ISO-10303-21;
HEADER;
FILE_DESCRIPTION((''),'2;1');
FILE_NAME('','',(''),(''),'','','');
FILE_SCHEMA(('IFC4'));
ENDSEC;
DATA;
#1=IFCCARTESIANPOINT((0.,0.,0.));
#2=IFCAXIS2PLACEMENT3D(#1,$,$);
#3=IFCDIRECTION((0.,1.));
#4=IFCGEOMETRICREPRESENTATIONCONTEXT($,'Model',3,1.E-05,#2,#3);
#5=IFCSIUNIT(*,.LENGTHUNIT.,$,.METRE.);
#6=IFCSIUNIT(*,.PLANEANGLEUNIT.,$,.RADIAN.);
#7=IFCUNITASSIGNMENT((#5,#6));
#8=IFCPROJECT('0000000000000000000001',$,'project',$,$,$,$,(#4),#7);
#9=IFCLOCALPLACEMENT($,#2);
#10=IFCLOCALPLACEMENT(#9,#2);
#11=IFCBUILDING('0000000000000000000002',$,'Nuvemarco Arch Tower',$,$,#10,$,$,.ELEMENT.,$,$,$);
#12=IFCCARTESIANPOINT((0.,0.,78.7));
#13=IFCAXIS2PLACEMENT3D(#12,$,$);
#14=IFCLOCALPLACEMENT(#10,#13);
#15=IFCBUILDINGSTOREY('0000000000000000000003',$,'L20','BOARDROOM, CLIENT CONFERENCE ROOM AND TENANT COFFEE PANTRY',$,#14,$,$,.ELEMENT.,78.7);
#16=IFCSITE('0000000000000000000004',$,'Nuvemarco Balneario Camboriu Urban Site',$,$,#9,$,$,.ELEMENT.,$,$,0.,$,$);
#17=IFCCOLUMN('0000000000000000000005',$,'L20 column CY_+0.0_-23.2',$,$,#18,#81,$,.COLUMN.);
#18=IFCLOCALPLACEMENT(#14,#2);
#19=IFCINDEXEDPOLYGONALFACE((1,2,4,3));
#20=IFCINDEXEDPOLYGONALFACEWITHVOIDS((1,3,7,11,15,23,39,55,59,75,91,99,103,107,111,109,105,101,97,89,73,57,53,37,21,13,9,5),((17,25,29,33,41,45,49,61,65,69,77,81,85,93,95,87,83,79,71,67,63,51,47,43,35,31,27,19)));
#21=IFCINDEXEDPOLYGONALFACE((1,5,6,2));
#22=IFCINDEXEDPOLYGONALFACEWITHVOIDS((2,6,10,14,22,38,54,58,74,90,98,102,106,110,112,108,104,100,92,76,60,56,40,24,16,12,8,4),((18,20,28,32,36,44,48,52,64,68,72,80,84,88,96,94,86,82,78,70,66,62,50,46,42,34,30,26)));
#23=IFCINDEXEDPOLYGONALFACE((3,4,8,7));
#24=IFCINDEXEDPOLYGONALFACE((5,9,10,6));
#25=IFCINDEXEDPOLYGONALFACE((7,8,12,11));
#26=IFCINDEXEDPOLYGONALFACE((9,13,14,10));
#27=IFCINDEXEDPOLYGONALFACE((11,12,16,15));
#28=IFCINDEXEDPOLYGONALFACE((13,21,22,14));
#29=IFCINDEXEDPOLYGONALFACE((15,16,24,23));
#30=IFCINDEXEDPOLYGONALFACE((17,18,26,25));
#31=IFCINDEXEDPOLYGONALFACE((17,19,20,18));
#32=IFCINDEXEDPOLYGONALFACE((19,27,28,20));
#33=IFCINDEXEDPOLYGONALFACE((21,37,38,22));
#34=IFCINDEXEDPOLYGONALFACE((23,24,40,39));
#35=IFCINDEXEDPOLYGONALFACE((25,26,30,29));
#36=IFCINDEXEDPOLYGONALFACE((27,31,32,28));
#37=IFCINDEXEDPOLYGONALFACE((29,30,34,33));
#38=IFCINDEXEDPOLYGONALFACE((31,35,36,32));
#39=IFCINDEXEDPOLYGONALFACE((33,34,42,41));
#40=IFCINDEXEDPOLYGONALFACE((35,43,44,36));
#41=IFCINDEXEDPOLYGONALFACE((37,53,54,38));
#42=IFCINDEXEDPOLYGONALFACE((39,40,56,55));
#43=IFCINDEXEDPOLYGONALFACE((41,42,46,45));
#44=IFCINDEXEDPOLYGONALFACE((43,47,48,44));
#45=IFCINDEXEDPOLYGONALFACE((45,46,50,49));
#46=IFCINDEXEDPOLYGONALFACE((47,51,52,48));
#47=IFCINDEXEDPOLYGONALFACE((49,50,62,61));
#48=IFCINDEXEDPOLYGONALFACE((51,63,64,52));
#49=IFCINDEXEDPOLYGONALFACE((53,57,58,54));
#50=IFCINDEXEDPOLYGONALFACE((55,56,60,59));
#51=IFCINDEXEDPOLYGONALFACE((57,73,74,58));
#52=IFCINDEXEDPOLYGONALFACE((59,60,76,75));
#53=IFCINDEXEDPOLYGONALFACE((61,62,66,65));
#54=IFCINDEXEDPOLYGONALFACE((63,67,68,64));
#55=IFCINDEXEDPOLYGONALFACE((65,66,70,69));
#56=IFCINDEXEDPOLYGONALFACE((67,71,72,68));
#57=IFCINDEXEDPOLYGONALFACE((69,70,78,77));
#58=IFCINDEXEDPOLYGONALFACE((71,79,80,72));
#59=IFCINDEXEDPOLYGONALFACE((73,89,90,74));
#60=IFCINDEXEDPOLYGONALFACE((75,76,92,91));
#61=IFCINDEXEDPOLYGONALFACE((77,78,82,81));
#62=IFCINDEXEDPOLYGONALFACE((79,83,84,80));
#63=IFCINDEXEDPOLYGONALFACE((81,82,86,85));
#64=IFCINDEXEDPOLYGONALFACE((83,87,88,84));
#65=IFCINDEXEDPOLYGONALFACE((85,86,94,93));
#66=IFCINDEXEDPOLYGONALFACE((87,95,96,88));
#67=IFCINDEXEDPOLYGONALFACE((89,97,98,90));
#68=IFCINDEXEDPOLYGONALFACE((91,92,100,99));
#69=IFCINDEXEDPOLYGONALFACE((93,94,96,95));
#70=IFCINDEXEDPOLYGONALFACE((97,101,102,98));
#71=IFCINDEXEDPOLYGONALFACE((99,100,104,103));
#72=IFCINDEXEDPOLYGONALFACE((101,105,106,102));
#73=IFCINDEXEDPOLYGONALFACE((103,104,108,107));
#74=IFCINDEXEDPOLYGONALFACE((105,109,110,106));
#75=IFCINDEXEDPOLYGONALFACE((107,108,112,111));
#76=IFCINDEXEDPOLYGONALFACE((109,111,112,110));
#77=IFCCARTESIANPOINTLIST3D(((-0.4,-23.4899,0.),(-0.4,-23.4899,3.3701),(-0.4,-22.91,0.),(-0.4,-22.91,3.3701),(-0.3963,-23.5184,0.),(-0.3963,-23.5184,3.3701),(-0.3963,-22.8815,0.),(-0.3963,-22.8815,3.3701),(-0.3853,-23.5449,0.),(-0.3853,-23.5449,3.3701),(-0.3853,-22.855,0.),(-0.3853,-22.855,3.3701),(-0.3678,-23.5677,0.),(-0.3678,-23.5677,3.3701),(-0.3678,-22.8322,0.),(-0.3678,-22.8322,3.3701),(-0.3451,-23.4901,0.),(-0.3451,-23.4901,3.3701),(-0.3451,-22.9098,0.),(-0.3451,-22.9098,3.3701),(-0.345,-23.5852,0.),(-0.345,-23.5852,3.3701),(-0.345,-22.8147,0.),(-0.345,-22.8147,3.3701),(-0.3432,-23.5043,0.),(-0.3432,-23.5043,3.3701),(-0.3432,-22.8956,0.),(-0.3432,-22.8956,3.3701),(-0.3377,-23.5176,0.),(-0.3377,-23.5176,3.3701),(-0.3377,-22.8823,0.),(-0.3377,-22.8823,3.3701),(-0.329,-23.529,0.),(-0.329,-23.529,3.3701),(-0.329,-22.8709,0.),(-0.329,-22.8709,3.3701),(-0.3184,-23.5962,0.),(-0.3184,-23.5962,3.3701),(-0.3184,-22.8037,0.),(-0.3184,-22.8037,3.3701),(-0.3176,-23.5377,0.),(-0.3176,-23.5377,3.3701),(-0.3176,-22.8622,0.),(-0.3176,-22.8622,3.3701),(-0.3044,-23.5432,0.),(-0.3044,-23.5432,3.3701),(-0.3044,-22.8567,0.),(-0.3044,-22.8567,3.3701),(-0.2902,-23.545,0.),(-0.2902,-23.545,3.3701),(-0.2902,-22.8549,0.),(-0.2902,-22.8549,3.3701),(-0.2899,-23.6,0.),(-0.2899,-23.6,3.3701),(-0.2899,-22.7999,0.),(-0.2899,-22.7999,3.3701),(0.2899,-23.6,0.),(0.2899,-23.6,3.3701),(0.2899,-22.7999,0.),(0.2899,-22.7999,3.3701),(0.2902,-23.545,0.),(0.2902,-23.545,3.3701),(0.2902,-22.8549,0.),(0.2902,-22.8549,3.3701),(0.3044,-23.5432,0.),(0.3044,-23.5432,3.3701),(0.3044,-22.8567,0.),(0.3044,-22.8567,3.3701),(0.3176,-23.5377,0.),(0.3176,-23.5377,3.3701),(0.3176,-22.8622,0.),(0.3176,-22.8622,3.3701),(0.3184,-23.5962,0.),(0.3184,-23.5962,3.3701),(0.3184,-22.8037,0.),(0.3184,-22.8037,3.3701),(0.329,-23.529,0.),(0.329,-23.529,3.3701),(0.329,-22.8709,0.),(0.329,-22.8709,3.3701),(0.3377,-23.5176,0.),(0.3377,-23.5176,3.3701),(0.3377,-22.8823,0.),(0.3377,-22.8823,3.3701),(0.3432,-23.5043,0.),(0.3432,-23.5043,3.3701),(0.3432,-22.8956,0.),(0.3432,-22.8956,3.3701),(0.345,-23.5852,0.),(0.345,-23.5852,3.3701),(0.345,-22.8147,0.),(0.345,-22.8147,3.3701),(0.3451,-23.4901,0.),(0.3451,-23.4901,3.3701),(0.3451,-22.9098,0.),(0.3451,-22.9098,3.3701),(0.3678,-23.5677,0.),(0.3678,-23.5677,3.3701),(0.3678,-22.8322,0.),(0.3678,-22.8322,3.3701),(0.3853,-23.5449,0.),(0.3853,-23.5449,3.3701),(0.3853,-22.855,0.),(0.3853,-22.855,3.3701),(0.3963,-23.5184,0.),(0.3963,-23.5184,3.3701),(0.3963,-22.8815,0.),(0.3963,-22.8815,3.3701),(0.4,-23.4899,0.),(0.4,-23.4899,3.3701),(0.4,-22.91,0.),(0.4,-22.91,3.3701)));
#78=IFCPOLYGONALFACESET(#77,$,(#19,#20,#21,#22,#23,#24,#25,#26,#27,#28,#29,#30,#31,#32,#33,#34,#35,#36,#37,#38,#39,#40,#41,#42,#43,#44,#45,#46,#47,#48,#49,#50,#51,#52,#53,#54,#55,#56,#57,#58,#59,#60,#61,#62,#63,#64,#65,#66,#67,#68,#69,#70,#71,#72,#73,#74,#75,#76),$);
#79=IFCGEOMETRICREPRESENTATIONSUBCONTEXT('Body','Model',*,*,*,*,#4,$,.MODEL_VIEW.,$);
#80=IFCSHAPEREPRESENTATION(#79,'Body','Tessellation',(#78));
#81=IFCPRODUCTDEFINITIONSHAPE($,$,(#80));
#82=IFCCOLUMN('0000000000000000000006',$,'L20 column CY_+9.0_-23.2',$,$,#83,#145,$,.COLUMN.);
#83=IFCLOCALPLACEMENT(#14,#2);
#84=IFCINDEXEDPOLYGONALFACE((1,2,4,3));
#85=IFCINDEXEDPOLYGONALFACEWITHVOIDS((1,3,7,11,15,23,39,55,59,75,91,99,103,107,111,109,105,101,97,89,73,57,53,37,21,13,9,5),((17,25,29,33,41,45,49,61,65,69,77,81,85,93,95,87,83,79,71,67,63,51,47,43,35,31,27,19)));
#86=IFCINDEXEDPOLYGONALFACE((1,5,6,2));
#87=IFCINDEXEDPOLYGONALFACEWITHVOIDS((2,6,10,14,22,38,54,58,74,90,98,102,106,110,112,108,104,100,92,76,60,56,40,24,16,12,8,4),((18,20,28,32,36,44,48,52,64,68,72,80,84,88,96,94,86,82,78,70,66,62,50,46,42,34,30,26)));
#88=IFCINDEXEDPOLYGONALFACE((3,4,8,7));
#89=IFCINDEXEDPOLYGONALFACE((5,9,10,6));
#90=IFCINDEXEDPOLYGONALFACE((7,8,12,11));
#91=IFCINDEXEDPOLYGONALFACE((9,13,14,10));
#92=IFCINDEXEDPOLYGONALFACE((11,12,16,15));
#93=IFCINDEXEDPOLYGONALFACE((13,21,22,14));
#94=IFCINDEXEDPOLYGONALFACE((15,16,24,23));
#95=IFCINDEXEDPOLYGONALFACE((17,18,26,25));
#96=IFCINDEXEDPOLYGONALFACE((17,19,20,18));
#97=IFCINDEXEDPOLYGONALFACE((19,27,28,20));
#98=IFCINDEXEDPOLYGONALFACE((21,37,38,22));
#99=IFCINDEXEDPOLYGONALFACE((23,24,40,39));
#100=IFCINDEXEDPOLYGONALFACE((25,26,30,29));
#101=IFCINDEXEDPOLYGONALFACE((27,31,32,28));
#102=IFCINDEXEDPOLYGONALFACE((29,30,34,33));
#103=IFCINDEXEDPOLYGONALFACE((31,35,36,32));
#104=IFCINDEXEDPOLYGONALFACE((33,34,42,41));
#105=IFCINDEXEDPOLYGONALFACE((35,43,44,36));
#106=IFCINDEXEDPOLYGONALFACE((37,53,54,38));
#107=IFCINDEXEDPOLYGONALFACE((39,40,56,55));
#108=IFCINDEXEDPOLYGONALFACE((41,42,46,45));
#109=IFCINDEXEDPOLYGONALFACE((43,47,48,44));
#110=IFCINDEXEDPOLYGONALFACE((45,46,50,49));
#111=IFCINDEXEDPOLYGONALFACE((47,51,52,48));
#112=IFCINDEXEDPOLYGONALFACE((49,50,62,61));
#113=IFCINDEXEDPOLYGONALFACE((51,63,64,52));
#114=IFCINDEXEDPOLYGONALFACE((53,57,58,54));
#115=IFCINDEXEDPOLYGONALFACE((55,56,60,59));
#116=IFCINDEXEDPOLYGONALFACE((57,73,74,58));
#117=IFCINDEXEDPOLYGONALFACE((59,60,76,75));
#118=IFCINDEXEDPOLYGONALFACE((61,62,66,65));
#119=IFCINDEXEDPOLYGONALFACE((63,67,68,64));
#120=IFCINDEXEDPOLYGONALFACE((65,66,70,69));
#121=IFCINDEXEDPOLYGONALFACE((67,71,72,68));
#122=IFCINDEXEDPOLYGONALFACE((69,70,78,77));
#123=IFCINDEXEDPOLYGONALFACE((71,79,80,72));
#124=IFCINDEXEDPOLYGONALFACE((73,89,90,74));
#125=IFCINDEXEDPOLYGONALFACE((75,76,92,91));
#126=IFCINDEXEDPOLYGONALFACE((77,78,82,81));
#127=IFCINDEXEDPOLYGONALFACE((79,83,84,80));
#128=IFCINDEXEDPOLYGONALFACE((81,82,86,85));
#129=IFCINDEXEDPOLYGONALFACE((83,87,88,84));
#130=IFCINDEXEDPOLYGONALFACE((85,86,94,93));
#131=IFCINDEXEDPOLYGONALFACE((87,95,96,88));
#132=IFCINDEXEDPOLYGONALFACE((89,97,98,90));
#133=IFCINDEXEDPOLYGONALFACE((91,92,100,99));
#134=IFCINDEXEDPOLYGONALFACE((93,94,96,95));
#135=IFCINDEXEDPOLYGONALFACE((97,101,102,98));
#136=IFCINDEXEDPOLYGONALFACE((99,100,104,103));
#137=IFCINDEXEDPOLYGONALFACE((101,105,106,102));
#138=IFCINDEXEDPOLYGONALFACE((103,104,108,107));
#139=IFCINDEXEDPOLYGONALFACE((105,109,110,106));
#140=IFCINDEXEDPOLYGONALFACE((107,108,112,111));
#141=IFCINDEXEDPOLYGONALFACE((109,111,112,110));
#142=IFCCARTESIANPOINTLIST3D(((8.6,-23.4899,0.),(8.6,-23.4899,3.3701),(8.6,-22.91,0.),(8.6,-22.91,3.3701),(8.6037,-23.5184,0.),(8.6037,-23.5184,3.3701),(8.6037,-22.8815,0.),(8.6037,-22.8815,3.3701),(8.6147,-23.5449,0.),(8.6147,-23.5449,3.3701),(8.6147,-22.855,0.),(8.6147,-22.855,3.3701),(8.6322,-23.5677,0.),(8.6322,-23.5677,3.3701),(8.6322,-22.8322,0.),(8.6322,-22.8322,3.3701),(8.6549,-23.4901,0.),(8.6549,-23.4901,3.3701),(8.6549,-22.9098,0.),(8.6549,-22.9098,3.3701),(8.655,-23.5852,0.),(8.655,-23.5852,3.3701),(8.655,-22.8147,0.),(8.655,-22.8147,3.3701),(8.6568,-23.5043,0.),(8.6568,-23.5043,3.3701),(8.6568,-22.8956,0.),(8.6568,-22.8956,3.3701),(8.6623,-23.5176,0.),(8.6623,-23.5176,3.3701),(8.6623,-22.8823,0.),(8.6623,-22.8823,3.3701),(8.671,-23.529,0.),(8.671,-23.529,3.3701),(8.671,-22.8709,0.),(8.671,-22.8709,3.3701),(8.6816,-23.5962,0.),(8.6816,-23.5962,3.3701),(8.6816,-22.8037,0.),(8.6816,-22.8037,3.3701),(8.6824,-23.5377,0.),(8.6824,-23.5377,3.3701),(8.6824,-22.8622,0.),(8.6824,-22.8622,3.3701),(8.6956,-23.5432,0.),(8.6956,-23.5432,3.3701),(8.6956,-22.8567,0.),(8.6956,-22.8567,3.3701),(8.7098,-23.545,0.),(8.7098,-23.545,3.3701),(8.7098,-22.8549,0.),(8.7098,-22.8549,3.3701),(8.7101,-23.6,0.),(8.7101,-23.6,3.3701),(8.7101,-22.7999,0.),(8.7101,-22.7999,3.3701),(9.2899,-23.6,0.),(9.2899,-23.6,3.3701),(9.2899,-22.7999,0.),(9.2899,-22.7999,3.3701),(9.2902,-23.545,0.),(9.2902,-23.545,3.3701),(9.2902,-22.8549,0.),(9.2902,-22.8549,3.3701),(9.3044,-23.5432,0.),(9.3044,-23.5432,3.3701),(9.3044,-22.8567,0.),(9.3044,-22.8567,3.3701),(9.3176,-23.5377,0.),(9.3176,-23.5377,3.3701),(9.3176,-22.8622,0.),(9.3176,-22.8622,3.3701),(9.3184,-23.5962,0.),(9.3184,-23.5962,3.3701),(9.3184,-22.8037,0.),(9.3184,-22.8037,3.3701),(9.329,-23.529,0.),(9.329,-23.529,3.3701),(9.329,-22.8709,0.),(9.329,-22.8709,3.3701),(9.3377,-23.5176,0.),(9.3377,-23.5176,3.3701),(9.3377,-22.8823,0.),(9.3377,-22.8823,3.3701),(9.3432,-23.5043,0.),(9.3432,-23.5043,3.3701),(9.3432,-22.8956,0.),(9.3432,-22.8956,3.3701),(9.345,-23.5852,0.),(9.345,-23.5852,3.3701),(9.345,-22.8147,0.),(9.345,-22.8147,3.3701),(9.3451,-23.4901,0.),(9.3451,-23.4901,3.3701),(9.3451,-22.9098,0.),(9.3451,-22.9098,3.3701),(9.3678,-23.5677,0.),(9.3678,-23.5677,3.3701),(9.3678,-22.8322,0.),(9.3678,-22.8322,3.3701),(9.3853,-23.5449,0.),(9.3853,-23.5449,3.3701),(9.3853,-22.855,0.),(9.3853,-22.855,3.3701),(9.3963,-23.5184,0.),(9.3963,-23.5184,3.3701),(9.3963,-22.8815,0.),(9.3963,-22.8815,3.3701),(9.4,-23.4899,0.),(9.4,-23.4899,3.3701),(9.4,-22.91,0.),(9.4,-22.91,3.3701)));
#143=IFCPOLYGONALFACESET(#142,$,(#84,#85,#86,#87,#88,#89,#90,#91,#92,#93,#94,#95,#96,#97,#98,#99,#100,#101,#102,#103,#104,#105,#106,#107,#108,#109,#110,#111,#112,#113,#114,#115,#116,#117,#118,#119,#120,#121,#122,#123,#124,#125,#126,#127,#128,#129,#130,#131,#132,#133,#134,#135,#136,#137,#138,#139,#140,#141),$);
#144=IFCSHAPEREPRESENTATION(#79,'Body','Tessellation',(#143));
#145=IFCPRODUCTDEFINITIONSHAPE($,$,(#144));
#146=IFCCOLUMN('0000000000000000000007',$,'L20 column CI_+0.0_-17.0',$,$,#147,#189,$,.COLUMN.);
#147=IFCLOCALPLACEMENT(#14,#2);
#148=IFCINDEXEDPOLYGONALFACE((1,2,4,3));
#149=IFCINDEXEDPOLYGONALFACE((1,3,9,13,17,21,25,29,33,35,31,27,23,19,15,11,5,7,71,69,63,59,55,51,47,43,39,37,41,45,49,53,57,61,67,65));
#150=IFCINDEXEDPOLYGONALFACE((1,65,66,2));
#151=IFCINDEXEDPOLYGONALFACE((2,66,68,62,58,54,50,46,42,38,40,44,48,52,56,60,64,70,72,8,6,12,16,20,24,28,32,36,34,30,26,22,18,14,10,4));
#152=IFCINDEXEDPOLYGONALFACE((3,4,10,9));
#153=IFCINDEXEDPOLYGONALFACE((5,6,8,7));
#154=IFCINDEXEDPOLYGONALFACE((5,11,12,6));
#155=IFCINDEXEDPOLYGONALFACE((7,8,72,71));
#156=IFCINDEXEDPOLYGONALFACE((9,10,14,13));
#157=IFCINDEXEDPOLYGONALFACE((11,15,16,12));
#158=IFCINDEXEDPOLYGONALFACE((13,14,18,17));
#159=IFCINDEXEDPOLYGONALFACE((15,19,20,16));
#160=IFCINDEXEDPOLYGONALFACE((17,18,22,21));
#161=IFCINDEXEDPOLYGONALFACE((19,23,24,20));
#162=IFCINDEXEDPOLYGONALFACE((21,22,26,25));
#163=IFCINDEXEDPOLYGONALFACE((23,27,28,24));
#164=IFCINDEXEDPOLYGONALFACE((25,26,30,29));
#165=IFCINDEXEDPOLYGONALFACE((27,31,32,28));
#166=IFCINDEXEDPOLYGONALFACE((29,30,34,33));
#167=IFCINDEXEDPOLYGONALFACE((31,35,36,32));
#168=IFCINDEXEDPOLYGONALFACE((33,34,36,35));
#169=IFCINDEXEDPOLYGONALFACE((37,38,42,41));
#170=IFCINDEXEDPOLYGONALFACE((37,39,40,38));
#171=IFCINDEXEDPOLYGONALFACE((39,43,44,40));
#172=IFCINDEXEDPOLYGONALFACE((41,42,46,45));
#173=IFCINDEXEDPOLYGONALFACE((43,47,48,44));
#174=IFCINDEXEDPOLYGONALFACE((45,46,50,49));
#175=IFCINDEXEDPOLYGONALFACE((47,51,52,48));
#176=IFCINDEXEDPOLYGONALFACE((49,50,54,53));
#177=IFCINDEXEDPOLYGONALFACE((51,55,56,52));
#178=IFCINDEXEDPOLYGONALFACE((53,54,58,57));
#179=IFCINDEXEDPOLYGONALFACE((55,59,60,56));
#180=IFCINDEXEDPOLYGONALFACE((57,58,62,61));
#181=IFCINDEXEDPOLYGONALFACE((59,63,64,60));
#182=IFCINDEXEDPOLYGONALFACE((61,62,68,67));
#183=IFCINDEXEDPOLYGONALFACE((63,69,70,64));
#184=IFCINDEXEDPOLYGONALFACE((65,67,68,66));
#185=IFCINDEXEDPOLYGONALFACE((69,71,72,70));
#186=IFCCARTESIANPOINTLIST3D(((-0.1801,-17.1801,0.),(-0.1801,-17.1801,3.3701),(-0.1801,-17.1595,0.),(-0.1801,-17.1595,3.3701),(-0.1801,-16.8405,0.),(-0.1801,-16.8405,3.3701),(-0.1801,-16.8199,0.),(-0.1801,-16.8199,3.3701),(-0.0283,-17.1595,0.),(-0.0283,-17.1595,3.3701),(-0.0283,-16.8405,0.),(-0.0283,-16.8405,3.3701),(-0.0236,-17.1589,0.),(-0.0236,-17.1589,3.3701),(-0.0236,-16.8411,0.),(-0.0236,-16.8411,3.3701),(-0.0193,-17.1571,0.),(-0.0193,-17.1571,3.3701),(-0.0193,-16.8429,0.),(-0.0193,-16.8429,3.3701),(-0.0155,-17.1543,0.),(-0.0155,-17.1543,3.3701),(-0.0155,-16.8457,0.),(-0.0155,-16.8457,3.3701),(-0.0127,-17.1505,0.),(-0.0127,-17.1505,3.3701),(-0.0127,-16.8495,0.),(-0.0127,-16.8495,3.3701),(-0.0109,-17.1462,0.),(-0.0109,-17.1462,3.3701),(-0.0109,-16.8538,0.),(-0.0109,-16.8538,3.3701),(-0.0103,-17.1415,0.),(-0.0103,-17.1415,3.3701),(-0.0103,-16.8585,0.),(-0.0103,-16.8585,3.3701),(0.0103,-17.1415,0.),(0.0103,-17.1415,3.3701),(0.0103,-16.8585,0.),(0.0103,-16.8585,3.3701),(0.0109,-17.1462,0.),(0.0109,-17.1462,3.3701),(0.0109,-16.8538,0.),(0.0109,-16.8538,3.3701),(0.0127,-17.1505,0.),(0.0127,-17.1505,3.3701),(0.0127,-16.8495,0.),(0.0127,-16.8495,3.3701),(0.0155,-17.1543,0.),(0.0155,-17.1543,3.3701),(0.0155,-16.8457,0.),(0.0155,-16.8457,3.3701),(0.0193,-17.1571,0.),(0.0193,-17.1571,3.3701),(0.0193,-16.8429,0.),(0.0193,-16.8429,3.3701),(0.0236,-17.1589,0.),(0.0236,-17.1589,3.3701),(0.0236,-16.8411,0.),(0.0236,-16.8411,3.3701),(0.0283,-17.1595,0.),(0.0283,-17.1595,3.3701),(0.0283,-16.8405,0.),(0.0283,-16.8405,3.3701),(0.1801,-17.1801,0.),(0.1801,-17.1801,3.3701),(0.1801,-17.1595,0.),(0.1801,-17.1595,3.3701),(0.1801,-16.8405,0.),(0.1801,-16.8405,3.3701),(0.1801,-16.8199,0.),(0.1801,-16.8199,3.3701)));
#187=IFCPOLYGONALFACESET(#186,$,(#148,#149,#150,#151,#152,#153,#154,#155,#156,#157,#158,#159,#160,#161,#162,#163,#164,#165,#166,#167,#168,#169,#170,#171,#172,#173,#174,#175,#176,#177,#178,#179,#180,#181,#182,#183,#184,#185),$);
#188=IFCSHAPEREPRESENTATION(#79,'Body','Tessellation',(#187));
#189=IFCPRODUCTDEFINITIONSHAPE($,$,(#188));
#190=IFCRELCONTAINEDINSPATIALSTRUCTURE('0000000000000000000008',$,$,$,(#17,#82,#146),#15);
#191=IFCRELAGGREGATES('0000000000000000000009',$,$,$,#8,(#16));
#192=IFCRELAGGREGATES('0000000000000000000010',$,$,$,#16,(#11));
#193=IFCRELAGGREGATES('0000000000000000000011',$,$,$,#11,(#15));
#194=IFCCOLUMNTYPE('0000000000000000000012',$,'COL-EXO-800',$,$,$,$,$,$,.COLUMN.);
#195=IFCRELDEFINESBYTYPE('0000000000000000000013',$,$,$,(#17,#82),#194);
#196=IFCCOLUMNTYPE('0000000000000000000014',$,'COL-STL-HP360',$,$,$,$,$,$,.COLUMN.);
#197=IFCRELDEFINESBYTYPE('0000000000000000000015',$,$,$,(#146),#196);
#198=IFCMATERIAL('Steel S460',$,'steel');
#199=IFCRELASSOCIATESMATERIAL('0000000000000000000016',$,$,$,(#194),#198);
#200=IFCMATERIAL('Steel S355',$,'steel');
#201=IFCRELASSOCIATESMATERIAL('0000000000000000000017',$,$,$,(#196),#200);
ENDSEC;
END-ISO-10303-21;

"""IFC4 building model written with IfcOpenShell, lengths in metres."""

from ifc_helpers import new_model, si_unit, direction, frame, origin, origin_2d, place, context, subcontext, project, spatial, hollow_rectangle, i_section, extrude, material, material_profile, profile_set, type_object, element, save


model = new_model("IFC4")

# Units and contexts
model_context = context("Model", 3, precision=1e-05, world=origin(), true_north=direction((0.0, 1.0)))
body_context = subcontext(model_context, "Body", "Model", "MODEL_VIEW")
ifc_project = project(units=[si_unit("LENGTHUNIT", "METRE"), si_unit("PLANEANGLEUNIT", "RADIAN")], contexts=[model_context])

# Site, building, storey
site_placement = place(None, origin())
site = spatial("IfcSite", under=ifc_project, at=site_placement, Name="Nuvemarco Balneario Camboriu Urban Site", CompositionType="ELEMENT", RefElevation=0.0)
building_placement = place(site_placement, origin())
building = spatial("IfcBuilding", under=site, at=building_placement, Name="Nuvemarco Arch Tower", CompositionType="ELEMENT")
storey_placement = place(building_placement, frame((0.0, 0.0, 78.7)))
storey = spatial("IfcBuildingStorey", under=building, at=storey_placement, Name="L20", Description="BOARDROOM, CLIENT CONFERENCE ROOM AND TENANT COFFEE PANTRY", CompositionType="ELEMENT", Elevation=78.7)

# Columns
ifc_material_1 = material(Name="Steel S460", Category="steel")
ifc_material_profile_1 = material_profile(ifc_material_1, hollow_rectangle(XDim=0.8, YDim=0.8, WallThickness=0.0549, InnerFilletRadius=0.0549, OuterFilletRadius=0.1101, at=origin_2d()), Name="SHS800x800x55")
ifc_profile_set_1 = profile_set([ifc_material_profile_1], Name="Steel S460")
column_type_1 = type_object("IfcColumnType", Name="COL-EXO-800", PredefinedType="COLUMN", material=ifc_profile_set_1)
for number, where, z_axis, x_axis, name in (
    (1, (0.0, -23.2, 0.0), (0.0, 0.0, 1.0), (1.0, 0.0, 0.0), "L20 column CY_+0.0_-23.2"),
    (2, (9.0, -23.2, 0.0), (0.0, 0.0, 1.0), (1.0, 0.0, 0.0), "L20 column CY_+9.0_-23.2"),
):
    element("IfcColumn", number, at=place(storey_placement, frame(where, z_axis=z_axis, x_axis=x_axis)), inside=storey, type_object=column_type_1, Name=name, PredefinedType="COLUMN", context=body_context, shape_type="SweptSolid", body=[
        extrude(hollow_rectangle(XDim=0.8, YDim=0.8, WallThickness=0.0549, InnerFilletRadius=0.0549, OuterFilletRadius=0.1101, at=origin_2d()), origin(), (0.0, 0.0, 1.0), 3.3701),
    ])
ifc_material_2 = material(Name="Steel S355", Category="steel")
ifc_material_profile_2 = material_profile(ifc_material_2, i_section(OverallWidth=0.3601, OverallDepth=0.3601, WebThickness=0.0205, FlangeThickness=0.0205, FilletRadius=0.0181, at=origin_2d()), Name="HP360x174")
ifc_profile_set_2 = profile_set([ifc_material_profile_2], Name="Steel S355")
column_type_2 = type_object("IfcColumnType", Name="COL-STL-HP360", PredefinedType="COLUMN", material=ifc_profile_set_2)
for number, where, z_axis, x_axis, name in (
    (3, (0.0, -17.0, 0.0), (0.0, 0.0, 1.0), (1.0, 0.0, 0.0), "L20 column CI_+0.0_-17.0"),
):
    element("IfcColumn", number, at=place(storey_placement, frame(where, z_axis=z_axis, x_axis=x_axis)), inside=storey, type_object=column_type_2, Name=name, PredefinedType="COLUMN", context=body_context, shape_type="SweptSolid", body=[
        extrude(i_section(OverallWidth=0.3601, OverallDepth=0.3601, WebThickness=0.0205, FlangeThickness=0.0205, FilletRadius=0.0181, at=origin_2d()), origin(), (0.0, 0.0, 1.0), 3.3701),
    ])

save(model, "model.ifc")
